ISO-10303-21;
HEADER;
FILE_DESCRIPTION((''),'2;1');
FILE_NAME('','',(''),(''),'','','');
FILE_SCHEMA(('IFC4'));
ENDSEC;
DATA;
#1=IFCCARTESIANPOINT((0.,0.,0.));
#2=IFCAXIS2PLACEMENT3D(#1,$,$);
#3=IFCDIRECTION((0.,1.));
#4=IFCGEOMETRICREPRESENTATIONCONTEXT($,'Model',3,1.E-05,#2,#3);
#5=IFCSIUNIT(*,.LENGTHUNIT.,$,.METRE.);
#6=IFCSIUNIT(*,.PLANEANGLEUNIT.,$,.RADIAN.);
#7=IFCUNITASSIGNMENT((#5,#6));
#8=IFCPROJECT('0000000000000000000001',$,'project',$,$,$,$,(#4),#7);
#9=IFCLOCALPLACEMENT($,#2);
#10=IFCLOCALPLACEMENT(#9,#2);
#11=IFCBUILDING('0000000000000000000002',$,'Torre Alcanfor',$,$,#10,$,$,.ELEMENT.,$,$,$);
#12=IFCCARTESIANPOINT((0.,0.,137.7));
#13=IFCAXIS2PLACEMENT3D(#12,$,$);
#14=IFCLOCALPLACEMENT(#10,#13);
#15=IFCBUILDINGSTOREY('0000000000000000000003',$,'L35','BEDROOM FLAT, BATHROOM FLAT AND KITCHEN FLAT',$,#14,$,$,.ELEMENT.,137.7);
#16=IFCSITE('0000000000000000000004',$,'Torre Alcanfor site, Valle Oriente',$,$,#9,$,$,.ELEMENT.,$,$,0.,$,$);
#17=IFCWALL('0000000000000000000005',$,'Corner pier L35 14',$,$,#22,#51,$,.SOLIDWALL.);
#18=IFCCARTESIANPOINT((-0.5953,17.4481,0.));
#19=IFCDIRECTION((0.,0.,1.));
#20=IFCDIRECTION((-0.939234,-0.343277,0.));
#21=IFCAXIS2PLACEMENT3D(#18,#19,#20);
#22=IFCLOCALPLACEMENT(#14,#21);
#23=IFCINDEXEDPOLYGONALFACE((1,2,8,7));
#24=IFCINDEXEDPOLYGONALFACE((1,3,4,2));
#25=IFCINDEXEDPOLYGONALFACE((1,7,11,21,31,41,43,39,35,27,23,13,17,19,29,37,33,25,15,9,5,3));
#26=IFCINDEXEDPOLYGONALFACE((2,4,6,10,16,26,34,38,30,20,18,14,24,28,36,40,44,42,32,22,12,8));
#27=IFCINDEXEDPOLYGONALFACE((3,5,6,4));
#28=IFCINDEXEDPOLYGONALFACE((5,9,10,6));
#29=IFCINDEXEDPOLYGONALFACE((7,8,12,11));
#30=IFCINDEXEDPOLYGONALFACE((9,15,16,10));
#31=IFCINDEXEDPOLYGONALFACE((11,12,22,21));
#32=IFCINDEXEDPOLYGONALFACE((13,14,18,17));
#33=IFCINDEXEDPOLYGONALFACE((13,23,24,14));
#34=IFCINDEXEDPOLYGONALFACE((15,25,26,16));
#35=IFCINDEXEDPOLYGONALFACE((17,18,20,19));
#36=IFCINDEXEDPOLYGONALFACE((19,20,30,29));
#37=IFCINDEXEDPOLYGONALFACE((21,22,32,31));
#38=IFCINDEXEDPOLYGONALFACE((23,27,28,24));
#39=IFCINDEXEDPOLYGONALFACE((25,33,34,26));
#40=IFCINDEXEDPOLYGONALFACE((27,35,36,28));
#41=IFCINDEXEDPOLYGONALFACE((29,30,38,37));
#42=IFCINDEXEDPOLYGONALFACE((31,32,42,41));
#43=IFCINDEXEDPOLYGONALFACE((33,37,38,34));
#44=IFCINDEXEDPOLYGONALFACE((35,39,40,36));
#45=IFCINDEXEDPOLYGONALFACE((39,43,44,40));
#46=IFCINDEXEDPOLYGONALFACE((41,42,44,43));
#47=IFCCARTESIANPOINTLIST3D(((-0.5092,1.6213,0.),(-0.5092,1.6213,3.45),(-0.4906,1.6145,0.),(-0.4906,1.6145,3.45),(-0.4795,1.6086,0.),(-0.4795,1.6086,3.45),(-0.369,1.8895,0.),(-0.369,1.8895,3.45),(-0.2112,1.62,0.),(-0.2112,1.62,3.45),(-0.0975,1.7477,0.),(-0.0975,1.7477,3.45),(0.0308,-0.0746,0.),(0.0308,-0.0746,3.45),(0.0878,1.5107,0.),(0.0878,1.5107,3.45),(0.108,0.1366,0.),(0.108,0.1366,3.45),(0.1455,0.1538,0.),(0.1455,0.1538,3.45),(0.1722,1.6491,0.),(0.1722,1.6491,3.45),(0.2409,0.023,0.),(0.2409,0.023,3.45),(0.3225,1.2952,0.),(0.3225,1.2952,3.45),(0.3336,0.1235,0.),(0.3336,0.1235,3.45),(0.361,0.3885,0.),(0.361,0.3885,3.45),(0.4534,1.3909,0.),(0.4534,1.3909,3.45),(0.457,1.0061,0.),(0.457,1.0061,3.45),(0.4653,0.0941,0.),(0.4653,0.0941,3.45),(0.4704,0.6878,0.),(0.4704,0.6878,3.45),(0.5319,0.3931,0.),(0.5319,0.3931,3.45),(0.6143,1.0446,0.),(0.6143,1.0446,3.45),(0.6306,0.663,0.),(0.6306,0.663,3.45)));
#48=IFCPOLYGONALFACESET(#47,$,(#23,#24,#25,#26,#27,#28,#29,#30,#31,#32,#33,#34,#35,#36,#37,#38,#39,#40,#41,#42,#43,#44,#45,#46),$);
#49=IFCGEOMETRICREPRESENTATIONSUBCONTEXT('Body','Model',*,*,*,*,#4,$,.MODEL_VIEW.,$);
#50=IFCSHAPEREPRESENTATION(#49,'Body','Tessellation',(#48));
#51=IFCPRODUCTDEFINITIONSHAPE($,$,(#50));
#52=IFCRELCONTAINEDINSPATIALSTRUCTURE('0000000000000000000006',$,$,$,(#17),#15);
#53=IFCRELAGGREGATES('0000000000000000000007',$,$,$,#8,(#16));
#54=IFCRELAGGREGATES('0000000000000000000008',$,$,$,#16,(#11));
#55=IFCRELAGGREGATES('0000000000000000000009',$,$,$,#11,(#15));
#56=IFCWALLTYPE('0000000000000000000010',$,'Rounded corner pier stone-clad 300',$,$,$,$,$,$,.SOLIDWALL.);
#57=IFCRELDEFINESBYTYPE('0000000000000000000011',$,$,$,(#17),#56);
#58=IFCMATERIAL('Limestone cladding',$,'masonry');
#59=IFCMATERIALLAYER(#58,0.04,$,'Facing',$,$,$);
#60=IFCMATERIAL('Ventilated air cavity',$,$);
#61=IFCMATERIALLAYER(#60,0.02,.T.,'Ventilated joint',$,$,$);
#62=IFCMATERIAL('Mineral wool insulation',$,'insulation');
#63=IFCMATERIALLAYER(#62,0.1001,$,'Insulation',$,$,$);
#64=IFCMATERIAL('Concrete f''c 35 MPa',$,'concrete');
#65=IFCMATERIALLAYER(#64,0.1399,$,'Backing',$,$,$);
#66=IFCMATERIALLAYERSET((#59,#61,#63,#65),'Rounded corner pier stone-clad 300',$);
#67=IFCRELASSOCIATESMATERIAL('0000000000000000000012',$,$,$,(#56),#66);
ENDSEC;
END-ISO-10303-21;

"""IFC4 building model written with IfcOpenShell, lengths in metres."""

from ifc_helpers import new_model, si_unit, direction, frame, origin, place, context, subcontext, project, spatial, polyline, outline, extrude, material, layer, layer_set, type_object, element, save


model = new_model("IFC4")

# Units and contexts
model_context = context("Model", 3, precision=1e-05, world=origin(), true_north=direction((0.0, 1.0)))
body_context = subcontext(model_context, "Body", "Model", "MODEL_VIEW")
ifc_project = project(units=[si_unit("LENGTHUNIT", "METRE"), si_unit("PLANEANGLEUNIT", "RADIAN")], contexts=[model_context])

# Site, building, storey
site_placement = place(None, origin())
site = spatial("IfcSite", under=ifc_project, at=site_placement, Name="Torre Alcanfor site, Valle Oriente", CompositionType="ELEMENT", RefElevation=0.0)
building_placement = place(site_placement, origin())
building = spatial("IfcBuilding", under=site, at=building_placement, Name="Torre Alcanfor", CompositionType="ELEMENT")
storey_placement = place(building_placement, frame((0.0, 0.0, 137.7)))
storey = spatial("IfcBuildingStorey", under=building, at=storey_placement, Name="L35", Description="BEDROOM FLAT, BATHROOM FLAT AND KITCHEN FLAT", CompositionType="ELEMENT", Elevation=137.7)

# Shared definitions
ifc_material_1 = material(Name="Limestone cladding", Category="masonry")
ifc_material_2 = material(Name="Ventilated air cavity")
ifc_material_3 = material(Name="Mineral wool insulation", Category="insulation")
ifc_material_4 = material(Name="Concrete f'c 35 MPa", Category="concrete")

# Wall
ifc_layer_1 = layer(ifc_material_1, 0.04, Name="Facing")
ifc_layer_2 = layer(ifc_material_2, 0.02, ventilated=True, Name="Ventilated joint")
ifc_layer_3 = layer(ifc_material_3, 0.1001, Name="Insulation")
ifc_layer_4 = layer(ifc_material_4, 0.1399, Name="Backing")
ifc_layer_set_1 = layer_set([ifc_layer_1, ifc_layer_2, ifc_layer_3, ifc_layer_4], Name="Rounded corner pier stone-clad 300")
wall_type_1 = type_object("IfcWallType", Name="Rounded corner pier stone-clad 300", PredefinedType="SOLIDWALL", material=ifc_layer_set_1)
wall_1_placement = place(storey_placement, frame((-0.5953, 17.4481, 0.0), z_axis=(0.0, 0.0, 1.0), x_axis=(-0.939234, -0.343277, 0.0)))
element("IfcWall", 1, at=wall_1_placement, inside=storey, type_object=wall_type_1, Name="Corner pier L35 14", PredefinedType="SOLIDWALL", context=body_context, shape_type="SweptSolid", body=[
    extrude(outline(polyline([(-0.369, 1.8895), (-0.5092, 1.6213), (-0.4906, 1.6145), (-0.4795, 1.6086), (-0.2112, 1.62), (0.0878, 1.5107), (0.3225, 1.2952), (0.457, 1.0061), (0.4704, 0.6878), (0.361, 0.3885), (0.1455, 0.1538), (0.108, 0.1366), (0.0308, -0.0746), (0.2409, 0.023), (0.3336, 0.1235), (0.4653, 0.0941), (0.5319, 0.3931), (0.6306, 0.663), (0.6143, 1.0446), (0.4534, 1.3909), (0.1722, 1.6491), (-0.0975, 1.7477), (-0.369, 1.8895)])), origin(), (0.0, 0.0, 1.0), 3.45),
])

save(model, "model.ifc")
